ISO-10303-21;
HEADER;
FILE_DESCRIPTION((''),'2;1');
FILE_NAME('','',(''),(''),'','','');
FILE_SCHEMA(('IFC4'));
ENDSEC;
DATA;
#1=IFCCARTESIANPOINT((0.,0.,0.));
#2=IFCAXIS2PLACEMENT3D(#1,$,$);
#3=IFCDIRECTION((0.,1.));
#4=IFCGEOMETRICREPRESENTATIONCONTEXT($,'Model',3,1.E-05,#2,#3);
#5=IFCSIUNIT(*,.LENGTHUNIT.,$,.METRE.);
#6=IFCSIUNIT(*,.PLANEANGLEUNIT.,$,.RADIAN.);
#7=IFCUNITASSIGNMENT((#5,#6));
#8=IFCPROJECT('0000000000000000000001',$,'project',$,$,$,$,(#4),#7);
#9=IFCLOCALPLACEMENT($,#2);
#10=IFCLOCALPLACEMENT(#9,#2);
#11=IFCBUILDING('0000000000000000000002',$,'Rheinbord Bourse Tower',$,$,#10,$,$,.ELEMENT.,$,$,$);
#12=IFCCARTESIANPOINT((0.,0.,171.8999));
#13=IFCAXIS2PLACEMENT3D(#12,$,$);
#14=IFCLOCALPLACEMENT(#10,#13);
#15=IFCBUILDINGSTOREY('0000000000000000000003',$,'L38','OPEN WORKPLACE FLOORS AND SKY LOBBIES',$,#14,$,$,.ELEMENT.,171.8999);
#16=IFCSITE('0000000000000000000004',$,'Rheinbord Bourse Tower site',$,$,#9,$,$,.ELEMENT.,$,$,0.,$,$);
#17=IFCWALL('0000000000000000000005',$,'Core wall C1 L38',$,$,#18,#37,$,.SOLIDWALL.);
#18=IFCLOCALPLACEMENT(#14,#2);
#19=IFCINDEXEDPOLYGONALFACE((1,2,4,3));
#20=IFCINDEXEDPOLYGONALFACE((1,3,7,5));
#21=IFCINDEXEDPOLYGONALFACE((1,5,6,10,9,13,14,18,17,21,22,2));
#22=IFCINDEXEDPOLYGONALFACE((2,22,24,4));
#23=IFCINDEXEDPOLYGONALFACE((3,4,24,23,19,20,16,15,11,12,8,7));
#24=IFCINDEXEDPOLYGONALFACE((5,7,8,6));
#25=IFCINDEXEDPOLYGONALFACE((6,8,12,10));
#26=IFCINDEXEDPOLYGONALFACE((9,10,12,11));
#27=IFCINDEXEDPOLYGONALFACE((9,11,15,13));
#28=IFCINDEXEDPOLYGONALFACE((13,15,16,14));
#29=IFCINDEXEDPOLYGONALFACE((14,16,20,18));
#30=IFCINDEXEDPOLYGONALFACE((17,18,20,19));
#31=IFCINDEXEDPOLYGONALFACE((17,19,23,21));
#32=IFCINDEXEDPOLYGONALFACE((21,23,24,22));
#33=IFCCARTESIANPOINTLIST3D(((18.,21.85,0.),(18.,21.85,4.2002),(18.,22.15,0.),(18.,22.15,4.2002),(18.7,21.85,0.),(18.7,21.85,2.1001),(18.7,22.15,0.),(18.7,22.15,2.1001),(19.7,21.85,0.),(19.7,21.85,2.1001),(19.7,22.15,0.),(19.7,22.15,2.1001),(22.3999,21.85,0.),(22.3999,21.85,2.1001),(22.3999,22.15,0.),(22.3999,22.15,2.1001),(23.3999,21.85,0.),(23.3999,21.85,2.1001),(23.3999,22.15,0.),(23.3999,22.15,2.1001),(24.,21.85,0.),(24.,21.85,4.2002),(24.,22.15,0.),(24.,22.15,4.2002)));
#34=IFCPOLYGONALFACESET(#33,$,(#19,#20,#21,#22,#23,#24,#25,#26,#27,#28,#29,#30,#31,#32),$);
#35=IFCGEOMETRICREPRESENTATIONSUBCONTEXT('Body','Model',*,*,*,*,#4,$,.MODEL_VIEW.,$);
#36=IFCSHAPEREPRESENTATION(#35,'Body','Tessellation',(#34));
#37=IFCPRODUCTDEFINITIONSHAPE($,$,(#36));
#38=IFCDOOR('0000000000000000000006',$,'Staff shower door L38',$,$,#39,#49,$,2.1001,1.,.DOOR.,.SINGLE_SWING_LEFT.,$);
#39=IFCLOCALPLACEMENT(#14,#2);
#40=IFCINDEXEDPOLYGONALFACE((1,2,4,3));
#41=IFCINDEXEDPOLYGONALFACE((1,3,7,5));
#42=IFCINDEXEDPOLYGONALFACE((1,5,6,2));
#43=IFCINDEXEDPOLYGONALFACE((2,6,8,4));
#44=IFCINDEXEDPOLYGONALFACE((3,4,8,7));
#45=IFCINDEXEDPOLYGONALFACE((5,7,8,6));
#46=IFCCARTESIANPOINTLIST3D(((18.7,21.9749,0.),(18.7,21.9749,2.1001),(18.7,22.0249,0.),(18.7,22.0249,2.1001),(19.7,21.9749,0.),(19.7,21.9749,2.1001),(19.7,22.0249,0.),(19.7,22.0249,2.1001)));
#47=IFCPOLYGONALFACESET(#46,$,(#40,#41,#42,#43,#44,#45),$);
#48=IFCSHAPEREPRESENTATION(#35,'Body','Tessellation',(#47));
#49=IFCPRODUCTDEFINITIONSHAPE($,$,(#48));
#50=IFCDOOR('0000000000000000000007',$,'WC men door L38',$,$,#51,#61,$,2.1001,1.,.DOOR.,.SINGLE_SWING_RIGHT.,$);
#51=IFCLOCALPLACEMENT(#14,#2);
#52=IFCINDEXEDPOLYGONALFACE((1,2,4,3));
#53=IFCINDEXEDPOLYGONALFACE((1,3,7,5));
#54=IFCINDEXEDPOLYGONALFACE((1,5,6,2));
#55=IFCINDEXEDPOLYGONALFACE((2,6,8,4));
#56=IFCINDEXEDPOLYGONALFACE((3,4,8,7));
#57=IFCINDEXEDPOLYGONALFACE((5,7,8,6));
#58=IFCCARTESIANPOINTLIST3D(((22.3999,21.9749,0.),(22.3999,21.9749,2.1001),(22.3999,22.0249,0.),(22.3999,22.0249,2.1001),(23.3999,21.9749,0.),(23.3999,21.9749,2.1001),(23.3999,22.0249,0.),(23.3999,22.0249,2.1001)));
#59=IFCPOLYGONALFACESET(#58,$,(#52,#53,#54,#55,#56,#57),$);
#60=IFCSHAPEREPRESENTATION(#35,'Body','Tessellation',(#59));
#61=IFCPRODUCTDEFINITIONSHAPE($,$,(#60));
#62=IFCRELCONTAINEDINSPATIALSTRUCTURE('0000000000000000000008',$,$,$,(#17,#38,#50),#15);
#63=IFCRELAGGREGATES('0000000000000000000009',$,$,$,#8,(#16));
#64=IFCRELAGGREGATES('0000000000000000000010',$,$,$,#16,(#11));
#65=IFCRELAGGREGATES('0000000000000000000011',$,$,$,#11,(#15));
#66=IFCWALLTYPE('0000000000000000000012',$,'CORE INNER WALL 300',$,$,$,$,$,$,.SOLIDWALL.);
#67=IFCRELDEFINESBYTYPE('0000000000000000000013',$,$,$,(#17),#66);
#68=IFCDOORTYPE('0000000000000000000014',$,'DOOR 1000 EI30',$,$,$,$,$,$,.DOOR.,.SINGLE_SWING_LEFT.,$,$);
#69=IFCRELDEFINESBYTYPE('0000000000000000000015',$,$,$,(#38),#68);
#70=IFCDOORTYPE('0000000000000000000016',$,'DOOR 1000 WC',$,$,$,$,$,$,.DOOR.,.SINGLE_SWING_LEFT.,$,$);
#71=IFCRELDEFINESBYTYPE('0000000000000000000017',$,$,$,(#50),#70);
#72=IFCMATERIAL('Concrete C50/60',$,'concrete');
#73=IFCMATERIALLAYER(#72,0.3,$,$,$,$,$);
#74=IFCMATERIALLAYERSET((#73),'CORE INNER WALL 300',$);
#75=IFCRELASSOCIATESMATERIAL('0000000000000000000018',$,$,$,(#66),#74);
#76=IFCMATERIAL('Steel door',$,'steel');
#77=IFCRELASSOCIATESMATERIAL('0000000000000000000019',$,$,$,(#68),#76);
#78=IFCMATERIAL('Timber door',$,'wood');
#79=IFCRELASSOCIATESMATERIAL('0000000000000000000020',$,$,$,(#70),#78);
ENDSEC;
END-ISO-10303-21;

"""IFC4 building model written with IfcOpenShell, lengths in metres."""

from ifc_helpers import new_model, si_unit, direction, frame, frame_2d, origin, place, context, subcontext, project, spatial, rectangle, extrude, material, layer, layer_set, type_object, element, fill, save


model = new_model("IFC4")

# Units and contexts
model_context = context("Model", 3, precision=1e-05, world=origin(), true_north=direction((0.0, 1.0)))
body_context = subcontext(model_context, "Body", "Model", "MODEL_VIEW")
ifc_project = project(units=[si_unit("LENGTHUNIT", "METRE"), si_unit("PLANEANGLEUNIT", "RADIAN")], contexts=[model_context])

# Site, building, storey
site_placement = place(None, origin())
site = spatial("IfcSite", under=ifc_project, at=site_placement, Name="Rheinbord Bourse Tower site", CompositionType="ELEMENT", RefElevation=0.0)
building_placement = place(site_placement, origin())
building = spatial("IfcBuilding", under=site, at=building_placement, Name="Rheinbord Bourse Tower", CompositionType="ELEMENT")
storey_placement = place(building_placement, frame((0.0, 0.0, 171.8999)))
storey = spatial("IfcBuildingStorey", under=building, at=storey_placement, Name="L38", Description="OPEN WORKPLACE FLOORS AND SKY LOBBIES", CompositionType="ELEMENT", Elevation=171.8999)

# Wall, openings, doors
ifc_material_1 = material(Name="Concrete C50/60", Category="concrete")
ifc_layer_1 = layer(ifc_material_1, 0.3)
ifc_layer_set_1 = layer_set([ifc_layer_1], Name="CORE INNER WALL 300")
wall_type_1 = type_object("IfcWallType", Name="CORE INNER WALL 300", PredefinedType="SOLIDWALL", material=ifc_layer_set_1)
wall_1_placement = place(storey_placement, frame((18.0, 22.0, 0.0), z_axis=(0.0, 0.0, 1.0), x_axis=(1.0, 0.0, 0.0)))
wall_1 = element("IfcWall", 1, at=wall_1_placement, inside=storey, type_object=wall_type_1, Name="Core wall C1 L38", PredefinedType="SOLIDWALL", context=body_context, shape_type="SweptSolid", body=[
    extrude(rectangle(XDim=6.0, YDim=0.3, at=frame_2d((3.0, 0.0))), origin(), (0.0, 0.0, 1.0), 4.2002),
])
opening_1_placement = place(wall_1_placement, frame((4.3999, 0.0, 0.0)))
opening_1 = element("IfcOpeningElement", 2, at=opening_1_placement, cuts=wall_1, PredefinedType="OPENING", context=body_context, shape_type="SweptSolid", body=[
    extrude(rectangle(XDim=1.0, YDim=2.1001, at=frame_2d((0.5, 1.05))), frame((0.0, 0.1599, 0.0), z_axis=(0.0, -1.0, 0.0), x_axis=(1.0, 0.0, 0.0)), (0.0, 0.0, 1.0), 0.3201),
])
opening_2_placement = place(wall_1_placement, frame((0.7, 0.0, 0.0)))
opening_2 = element("IfcOpeningElement", 3, at=opening_2_placement, cuts=wall_1, PredefinedType="OPENING", context=body_context, shape_type="SweptSolid", body=[
    extrude(rectangle(XDim=1.0, YDim=2.1001, at=frame_2d((0.5, 1.05))), frame((0.0, 0.1599, 0.0), z_axis=(0.0, -1.0, 0.0), x_axis=(1.0, 0.0, 0.0)), (0.0, 0.0, 1.0), 0.3201),
])
ifc_material_2 = material(Name="Steel door", Category="steel")
door_type_1 = type_object("IfcDoorType", Name="DOOR 1000 EI30", OperationType="SINGLE_SWING_LEFT", PredefinedType="DOOR", material=ifc_material_2)
door_1_placement = place(opening_2_placement, origin())
door_1 = element("IfcDoor", 4, at=door_1_placement, inside=storey, type_object=door_type_1, Name="Staff shower door L38", OperationType="SINGLE_SWING_LEFT", OverallHeight=2.1001, OverallWidth=1.0, PredefinedType="DOOR", context=body_context, shape_type="SweptSolid", body=[
    extrude(rectangle(XDim=1.0, YDim=2.1001, at=frame_2d((0.5, 1.05))), frame((0.0, 0.0249, 0.0), z_axis=(0.0, -1.0, 0.0), x_axis=(1.0, 0.0, 0.0)), (0.0, 0.0, 1.0), 0.05),
])
fill(opening_2, door_1)
ifc_material_3 = material(Name="Timber door", Category="wood")
door_type_2 = type_object("IfcDoorType", Name="DOOR 1000 WC", OperationType="SINGLE_SWING_LEFT", PredefinedType="DOOR", material=ifc_material_3)
door_2_placement = place(opening_1_placement, origin())
door_2 = element("IfcDoor", 5, at=door_2_placement, inside=storey, type_object=door_type_2, Name="WC men door L38", OperationType="SINGLE_SWING_RIGHT", OverallHeight=2.1001, OverallWidth=1.0, PredefinedType="DOOR", context=body_context, shape_type="SweptSolid", body=[
    extrude(rectangle(XDim=1.0, YDim=2.1001, at=frame_2d((0.5, 1.05))), frame((0.0, 0.0249, 0.0), z_axis=(0.0, -1.0, 0.0), x_axis=(1.0, 0.0, 0.0)), (0.0, 0.0, 1.0), 0.05),
])
fill(opening_1, door_2)

save(model, "model.ifc")
